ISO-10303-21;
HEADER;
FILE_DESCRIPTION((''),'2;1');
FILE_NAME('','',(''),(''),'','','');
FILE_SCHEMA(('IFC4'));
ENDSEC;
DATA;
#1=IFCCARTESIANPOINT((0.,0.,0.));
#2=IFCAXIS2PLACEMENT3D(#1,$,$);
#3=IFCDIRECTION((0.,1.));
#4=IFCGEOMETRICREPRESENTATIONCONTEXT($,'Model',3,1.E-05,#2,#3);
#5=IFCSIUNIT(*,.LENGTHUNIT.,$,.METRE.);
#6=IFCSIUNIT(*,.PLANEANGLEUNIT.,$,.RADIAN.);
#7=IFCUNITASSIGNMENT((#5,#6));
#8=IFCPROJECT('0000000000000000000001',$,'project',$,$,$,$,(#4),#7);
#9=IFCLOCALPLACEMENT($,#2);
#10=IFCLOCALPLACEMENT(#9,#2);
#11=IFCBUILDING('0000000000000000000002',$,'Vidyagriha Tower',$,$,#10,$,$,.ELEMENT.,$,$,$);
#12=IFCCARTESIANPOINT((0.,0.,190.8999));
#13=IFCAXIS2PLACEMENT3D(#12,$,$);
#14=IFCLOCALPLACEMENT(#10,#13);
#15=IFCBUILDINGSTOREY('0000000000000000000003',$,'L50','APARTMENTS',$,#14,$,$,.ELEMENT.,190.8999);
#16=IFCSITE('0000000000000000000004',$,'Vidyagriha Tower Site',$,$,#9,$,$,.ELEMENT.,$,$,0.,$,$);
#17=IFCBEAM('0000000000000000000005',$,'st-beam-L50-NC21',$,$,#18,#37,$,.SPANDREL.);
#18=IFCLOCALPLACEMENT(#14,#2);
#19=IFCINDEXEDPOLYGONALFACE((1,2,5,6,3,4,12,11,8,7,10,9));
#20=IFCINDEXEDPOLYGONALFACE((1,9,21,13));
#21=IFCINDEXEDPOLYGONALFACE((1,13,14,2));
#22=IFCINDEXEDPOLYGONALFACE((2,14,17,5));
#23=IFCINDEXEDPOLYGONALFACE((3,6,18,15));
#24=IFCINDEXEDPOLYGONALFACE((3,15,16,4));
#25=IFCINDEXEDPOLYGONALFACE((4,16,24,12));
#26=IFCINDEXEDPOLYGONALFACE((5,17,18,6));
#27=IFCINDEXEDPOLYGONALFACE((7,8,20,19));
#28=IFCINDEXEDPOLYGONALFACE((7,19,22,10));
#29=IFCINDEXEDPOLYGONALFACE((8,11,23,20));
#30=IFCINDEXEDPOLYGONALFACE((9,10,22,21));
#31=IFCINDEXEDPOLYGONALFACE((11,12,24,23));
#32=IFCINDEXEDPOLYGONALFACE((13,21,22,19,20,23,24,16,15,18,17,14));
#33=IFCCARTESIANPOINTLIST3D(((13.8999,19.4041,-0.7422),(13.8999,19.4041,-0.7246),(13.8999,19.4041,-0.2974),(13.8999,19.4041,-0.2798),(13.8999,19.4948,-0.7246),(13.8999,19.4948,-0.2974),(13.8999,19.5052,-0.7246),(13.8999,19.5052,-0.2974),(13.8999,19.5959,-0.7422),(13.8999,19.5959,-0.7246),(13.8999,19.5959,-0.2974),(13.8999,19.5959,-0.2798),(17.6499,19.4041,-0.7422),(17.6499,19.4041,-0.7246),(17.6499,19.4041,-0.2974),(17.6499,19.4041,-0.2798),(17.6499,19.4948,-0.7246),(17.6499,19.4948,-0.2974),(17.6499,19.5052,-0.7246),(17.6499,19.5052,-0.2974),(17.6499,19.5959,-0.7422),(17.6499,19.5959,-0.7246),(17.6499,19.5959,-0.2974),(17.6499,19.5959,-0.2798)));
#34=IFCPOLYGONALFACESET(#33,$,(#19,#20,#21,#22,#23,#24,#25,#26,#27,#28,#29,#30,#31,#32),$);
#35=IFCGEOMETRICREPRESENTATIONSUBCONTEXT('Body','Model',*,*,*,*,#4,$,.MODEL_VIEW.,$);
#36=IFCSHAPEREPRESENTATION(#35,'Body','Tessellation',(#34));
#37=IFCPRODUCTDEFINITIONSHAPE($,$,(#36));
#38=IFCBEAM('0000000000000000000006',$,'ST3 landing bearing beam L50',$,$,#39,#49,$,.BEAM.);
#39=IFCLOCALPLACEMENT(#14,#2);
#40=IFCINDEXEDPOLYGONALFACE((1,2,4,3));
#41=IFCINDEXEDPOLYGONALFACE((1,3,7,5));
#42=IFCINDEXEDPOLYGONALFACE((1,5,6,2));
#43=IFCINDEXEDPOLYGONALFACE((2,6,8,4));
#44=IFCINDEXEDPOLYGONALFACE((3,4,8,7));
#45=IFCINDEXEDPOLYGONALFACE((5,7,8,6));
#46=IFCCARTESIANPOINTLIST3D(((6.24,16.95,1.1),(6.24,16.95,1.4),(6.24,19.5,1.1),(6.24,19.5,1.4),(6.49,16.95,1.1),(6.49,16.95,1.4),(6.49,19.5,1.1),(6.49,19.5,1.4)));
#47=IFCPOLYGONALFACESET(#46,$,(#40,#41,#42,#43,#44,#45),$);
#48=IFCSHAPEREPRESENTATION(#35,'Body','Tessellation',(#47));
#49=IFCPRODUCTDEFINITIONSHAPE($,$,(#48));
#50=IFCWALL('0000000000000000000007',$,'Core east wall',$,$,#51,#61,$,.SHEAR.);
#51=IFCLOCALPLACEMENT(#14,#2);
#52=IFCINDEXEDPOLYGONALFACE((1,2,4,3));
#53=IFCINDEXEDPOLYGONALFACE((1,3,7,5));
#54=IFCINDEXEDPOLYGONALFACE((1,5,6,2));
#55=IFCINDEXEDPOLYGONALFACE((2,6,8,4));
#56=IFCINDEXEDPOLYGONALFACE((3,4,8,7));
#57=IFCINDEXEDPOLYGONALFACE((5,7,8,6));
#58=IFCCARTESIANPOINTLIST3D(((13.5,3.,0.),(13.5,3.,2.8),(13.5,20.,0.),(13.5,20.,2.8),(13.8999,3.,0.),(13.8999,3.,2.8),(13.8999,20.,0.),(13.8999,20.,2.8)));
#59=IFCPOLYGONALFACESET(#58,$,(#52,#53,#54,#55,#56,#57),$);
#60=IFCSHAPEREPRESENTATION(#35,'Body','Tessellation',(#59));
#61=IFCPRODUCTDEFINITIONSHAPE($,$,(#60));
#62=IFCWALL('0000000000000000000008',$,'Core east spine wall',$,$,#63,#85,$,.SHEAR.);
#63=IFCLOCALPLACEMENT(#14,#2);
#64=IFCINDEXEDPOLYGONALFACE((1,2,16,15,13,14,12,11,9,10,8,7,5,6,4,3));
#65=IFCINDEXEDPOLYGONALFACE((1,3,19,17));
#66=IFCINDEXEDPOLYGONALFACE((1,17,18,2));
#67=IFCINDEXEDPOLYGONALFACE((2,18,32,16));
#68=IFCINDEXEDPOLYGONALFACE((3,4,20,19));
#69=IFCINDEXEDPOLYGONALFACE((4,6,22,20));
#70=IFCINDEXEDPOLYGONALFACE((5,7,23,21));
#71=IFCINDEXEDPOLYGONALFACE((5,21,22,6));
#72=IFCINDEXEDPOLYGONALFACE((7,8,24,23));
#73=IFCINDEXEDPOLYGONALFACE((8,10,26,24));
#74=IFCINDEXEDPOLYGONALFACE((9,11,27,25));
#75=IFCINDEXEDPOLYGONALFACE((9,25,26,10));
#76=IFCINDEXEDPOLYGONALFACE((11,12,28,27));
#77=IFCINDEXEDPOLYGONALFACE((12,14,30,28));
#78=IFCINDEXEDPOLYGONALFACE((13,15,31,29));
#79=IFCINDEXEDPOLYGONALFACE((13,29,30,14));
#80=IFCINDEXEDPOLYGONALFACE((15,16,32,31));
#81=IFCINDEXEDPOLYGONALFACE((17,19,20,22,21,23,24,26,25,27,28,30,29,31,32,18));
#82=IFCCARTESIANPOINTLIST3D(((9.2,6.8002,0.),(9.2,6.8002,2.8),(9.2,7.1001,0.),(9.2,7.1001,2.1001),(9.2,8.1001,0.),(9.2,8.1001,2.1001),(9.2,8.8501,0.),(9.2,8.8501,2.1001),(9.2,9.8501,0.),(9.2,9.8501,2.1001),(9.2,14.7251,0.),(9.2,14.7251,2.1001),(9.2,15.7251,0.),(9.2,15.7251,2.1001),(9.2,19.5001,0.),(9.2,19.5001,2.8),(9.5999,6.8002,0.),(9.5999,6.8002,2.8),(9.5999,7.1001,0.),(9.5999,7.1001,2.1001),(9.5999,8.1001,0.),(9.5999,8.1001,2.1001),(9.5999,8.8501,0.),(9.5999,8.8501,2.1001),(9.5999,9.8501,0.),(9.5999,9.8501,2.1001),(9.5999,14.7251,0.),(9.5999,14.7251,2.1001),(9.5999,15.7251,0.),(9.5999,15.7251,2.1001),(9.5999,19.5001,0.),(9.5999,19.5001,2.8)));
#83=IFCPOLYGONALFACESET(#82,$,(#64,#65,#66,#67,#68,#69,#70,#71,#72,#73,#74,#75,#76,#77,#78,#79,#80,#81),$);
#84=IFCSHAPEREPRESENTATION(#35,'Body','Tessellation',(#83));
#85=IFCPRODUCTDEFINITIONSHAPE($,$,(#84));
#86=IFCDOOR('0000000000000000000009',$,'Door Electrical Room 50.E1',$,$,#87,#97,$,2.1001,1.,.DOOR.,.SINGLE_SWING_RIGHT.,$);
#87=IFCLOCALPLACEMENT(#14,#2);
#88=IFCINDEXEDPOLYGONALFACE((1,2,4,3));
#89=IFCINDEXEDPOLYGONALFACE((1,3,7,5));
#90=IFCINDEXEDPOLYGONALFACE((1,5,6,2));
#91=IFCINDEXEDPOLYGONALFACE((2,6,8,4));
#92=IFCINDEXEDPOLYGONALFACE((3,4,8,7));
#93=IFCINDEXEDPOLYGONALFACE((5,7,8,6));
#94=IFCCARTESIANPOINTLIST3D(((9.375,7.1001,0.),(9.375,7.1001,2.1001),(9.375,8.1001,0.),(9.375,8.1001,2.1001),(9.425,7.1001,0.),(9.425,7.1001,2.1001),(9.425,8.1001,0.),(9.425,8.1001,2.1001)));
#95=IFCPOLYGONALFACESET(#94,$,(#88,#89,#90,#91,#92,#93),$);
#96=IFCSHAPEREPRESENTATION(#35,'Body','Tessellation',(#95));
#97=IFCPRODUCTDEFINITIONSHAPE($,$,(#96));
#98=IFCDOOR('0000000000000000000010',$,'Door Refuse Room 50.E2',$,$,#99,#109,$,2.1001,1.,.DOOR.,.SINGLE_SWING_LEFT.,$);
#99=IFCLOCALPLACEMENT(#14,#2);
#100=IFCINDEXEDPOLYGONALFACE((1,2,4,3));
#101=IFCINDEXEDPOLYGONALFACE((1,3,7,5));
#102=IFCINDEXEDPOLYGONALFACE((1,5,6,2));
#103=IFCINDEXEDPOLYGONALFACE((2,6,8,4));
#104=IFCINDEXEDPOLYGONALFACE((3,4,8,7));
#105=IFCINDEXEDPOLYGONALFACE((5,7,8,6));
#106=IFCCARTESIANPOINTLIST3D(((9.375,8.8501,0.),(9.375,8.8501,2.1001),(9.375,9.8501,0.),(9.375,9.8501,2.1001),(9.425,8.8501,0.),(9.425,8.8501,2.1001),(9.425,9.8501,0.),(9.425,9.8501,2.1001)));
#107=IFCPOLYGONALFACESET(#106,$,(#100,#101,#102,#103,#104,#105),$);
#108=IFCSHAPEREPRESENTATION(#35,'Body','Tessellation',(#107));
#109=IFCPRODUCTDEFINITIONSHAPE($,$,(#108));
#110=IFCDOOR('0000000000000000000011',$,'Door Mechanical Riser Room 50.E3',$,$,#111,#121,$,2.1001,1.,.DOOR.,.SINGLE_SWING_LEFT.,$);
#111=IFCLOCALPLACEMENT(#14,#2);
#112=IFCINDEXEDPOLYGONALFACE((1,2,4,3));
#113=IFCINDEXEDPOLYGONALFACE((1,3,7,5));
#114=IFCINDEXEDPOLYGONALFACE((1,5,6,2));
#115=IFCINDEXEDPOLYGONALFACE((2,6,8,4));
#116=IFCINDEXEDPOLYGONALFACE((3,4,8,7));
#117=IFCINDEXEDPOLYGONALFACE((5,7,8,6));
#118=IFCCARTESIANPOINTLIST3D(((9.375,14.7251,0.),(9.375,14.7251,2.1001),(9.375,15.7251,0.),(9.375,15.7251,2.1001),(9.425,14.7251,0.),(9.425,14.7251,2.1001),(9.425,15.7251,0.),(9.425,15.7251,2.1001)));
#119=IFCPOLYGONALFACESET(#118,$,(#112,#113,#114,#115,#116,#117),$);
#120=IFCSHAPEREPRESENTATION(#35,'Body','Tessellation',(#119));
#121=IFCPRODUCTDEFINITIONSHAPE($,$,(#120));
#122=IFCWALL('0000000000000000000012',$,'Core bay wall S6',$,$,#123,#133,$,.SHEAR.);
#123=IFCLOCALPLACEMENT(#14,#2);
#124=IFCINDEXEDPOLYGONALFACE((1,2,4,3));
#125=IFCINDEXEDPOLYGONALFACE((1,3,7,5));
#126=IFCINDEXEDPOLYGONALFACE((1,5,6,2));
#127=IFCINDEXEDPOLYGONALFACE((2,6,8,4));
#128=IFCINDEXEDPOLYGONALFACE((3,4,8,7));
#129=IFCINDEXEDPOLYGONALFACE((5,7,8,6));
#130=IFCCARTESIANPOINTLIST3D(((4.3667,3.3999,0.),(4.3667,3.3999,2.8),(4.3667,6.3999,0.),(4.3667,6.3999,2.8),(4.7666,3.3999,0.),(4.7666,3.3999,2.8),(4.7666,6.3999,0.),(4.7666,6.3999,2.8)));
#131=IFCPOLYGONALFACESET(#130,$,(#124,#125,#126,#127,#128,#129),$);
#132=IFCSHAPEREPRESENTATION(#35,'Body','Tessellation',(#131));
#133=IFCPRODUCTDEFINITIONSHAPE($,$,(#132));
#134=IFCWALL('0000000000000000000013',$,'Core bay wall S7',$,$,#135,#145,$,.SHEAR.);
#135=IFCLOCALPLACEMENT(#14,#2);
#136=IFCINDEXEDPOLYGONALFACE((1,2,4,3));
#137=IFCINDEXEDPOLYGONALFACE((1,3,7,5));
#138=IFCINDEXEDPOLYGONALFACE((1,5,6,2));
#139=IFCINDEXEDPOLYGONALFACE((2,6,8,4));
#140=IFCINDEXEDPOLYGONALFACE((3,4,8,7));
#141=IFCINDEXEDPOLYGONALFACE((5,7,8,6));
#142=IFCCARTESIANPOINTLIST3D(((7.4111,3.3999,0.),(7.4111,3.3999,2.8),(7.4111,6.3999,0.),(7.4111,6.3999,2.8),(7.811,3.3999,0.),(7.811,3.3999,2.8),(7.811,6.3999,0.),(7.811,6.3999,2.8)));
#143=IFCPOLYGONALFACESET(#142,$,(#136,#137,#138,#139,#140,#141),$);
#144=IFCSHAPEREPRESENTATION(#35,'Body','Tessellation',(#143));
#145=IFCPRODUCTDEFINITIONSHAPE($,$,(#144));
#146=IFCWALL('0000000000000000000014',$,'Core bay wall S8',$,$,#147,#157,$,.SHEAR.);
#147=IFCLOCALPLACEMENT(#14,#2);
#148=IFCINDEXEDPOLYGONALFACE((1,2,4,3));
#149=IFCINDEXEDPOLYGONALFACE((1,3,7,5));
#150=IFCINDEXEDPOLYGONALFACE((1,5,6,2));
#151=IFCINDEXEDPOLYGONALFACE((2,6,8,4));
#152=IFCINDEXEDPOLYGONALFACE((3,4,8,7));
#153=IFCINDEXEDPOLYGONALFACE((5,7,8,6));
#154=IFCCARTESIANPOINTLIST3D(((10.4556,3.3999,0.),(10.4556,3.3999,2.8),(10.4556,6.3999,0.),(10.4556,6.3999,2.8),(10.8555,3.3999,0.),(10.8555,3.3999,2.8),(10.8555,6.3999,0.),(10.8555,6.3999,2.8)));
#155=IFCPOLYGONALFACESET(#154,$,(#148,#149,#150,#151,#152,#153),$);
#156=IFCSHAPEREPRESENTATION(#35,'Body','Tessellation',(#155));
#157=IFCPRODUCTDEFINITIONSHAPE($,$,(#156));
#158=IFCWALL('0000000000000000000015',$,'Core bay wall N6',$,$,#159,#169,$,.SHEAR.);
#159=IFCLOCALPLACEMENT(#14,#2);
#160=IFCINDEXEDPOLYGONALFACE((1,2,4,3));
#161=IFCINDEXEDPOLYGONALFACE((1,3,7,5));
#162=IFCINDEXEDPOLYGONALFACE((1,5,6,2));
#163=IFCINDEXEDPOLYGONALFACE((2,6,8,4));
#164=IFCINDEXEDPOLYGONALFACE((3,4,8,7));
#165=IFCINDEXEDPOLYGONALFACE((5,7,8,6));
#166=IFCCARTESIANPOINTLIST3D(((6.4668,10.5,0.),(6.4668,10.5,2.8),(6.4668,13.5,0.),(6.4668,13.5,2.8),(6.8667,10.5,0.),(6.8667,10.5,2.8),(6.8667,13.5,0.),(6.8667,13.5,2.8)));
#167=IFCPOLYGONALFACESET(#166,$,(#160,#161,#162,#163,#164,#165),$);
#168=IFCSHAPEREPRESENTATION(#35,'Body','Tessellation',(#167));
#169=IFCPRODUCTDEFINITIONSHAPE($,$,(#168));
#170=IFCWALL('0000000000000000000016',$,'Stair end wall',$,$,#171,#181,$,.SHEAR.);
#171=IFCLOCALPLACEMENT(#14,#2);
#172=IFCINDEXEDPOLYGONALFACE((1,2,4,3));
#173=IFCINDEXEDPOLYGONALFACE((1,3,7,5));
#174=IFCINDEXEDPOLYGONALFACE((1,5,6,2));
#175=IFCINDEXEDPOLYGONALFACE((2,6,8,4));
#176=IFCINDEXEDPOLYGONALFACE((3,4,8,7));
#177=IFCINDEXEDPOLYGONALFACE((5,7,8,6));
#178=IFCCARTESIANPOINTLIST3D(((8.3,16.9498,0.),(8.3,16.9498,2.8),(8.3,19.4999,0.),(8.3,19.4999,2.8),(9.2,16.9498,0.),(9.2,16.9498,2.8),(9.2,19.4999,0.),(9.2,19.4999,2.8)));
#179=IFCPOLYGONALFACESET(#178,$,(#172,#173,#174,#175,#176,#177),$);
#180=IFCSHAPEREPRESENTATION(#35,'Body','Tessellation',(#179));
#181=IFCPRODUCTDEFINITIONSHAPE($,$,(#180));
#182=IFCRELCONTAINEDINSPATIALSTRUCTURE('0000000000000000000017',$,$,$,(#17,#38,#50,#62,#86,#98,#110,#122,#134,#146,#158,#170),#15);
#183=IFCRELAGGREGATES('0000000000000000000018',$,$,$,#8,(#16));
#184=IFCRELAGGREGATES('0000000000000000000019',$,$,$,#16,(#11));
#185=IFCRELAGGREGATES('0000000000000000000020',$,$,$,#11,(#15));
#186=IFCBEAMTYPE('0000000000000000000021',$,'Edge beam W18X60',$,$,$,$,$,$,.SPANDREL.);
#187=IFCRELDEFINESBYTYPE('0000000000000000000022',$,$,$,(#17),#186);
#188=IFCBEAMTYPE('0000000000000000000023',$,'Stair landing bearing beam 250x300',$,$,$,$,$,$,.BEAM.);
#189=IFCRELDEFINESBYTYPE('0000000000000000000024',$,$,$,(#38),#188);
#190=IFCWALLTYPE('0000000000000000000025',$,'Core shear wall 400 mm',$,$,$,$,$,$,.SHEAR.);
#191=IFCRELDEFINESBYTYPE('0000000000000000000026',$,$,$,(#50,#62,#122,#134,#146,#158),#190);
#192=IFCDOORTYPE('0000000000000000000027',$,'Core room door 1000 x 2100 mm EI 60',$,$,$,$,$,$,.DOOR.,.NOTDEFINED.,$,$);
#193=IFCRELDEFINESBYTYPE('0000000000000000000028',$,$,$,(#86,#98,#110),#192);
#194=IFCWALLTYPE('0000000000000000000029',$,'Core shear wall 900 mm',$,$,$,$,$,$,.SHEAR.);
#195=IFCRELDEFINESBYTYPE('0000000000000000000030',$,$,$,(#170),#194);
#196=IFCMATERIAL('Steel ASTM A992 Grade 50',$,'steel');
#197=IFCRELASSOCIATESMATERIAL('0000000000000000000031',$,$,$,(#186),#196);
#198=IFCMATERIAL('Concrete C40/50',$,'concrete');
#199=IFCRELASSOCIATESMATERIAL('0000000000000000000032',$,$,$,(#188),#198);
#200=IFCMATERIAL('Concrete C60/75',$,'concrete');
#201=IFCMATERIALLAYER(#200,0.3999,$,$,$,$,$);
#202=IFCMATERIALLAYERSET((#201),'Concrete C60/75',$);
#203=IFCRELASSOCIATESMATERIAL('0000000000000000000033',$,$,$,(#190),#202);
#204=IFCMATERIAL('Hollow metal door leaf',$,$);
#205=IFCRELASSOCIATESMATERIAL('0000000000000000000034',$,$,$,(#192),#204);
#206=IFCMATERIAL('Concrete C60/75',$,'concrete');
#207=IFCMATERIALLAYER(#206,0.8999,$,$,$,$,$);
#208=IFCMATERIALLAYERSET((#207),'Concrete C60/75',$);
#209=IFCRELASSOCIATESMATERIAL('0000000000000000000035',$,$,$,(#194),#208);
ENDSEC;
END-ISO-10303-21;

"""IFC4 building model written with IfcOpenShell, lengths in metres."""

from ifc_helpers import new_model, si_unit, direction, frame, frame_2d, origin, origin_2d, place, context, subcontext, project, spatial, rectangle, i_section, extrude, material, layer, layer_set, material_profile, profile_set, type_object, element, fill, save


model = new_model("IFC4")

# Units and contexts
model_context = context("Model", 3, precision=1e-05, world=origin(), true_north=direction((0.0, 1.0)))
body_context = subcontext(model_context, "Body", "Model", "MODEL_VIEW")
ifc_project = project(units=[si_unit("LENGTHUNIT", "METRE"), si_unit("PLANEANGLEUNIT", "RADIAN")], contexts=[model_context])

# Site, building, storey
site_placement = place(None, origin())
site = spatial("IfcSite", under=ifc_project, at=site_placement, Name="Vidyagriha Tower Site", CompositionType="ELEMENT", RefElevation=0.0)
building_placement = place(site_placement, origin())
building = spatial("IfcBuilding", under=site, at=building_placement, Name="Vidyagriha Tower", CompositionType="ELEMENT")
storey_placement = place(building_placement, frame((0.0, 0.0, 190.8999)))
storey = spatial("IfcBuildingStorey", under=building, at=storey_placement, Name="L50", Description="APARTMENTS", CompositionType="ELEMENT", Elevation=190.8999)

# Beams
ifc_material_1 = material(Name="Steel ASTM A992 Grade 50", Category="steel")
ifc_material_profile_1 = material_profile(ifc_material_1, i_section(OverallWidth=0.1919, OverallDepth=0.4624, WebThickness=0.0105, FlangeThickness=0.0176, at=origin_2d()), Name="W18X60")
ifc_profile_set_1 = profile_set([ifc_material_profile_1], Name="Steel ASTM A992 Grade 50")
beam_type_1 = type_object("IfcBeamType", Name="Edge beam W18X60", PredefinedType="SPANDREL", material=ifc_profile_set_1)
beam_1_placement = place(storey_placement, frame((13.8999, 19.5, -0.511), z_axis=(1.0, 0.0, 0.0), x_axis=(0.0, 1.0, 0.0)))
element("IfcBeam", 1, at=beam_1_placement, inside=storey, type_object=beam_type_1, Name="st-beam-L50-NC21", PredefinedType="SPANDREL", context=body_context, shape_type="SweptSolid", body=[
    extrude(i_section(OverallWidth=0.1919, OverallDepth=0.4624, WebThickness=0.0105, FlangeThickness=0.0176, at=origin_2d()), origin(), (0.0, 0.0, 1.0), 3.75),
])
ifc_material_2 = material(Name="Concrete C40/50", Category="concrete")
ifc_material_profile_2 = material_profile(ifc_material_2, rectangle(XDim=0.25, YDim=0.3, at=origin_2d()), Name="Stair landing bearing beam 250x300")
ifc_profile_set_2 = profile_set([ifc_material_profile_2], Name="Concrete C40/50")
beam_type_2 = type_object("IfcBeamType", Name="Stair landing bearing beam 250x300", PredefinedType="BEAM", material=ifc_profile_set_2)
beam_2_placement = place(storey_placement, frame((6.365, 16.95, 1.25), z_axis=(0.0, 1.0, 0.0), x_axis=(-1.0, 0.0, 0.0)))
element("IfcBeam", 2, at=beam_2_placement, inside=storey, type_object=beam_type_2, Name="ST3 landing bearing beam L50", PredefinedType="BEAM", context=body_context, shape_type="SweptSolid", body=[
    extrude(rectangle(XDim=0.25, YDim=0.3, at=origin_2d()), origin(), (0.0, 0.0, 1.0), 2.55),
])

# Wall
ifc_material_3 = material(Name="Concrete C60/75", Category="concrete")
ifc_layer_1 = layer(ifc_material_3, 0.3999)
ifc_layer_set_1 = layer_set([ifc_layer_1], Name="Concrete C60/75")
wall_type_1 = type_object("IfcWallType", Name="Core shear wall 400 mm", PredefinedType="SHEAR", material=ifc_layer_set_1)
wall_1_placement = place(storey_placement, frame((13.7, 3.0, 0.0), z_axis=(0.0, 0.0, 1.0), x_axis=(0.0, 1.0, 0.0)))
element("IfcWall", 3, at=wall_1_placement, inside=storey, type_object=wall_type_1, Name="Core east wall", PredefinedType="SHEAR", context=body_context, shape_type="SweptSolid", body=[
    extrude(rectangle(XDim=17.0, YDim=0.3999, at=frame_2d((8.5, 0.0))), origin(), (0.0, 0.0, 1.0), 2.8),
])

# Wall, openings, doors
wall_2_placement = place(storey_placement, frame((9.3999, 6.8, 0.0), z_axis=(0.0, 0.0, 1.0), x_axis=(0.0, 1.0, 0.0)))
wall_2 = element("IfcWall", 4, at=wall_2_placement, inside=storey, type_object=wall_type_1, Name="Core east spine wall", PredefinedType="SHEAR", context=body_context, shape_type="SweptSolid", body=[
    extrude(rectangle(XDim=12.7, YDim=0.3999, at=frame_2d((6.3501, 0.0))), origin(), (0.0, 0.0, 1.0), 2.8),
])
opening_1_placement = place(wall_2_placement, frame((0.3, 0.0, 0.0)))
opening_1 = element("IfcOpeningElement", 5, at=opening_1_placement, cuts=wall_2, PredefinedType="OPENING", context=body_context, shape_type="SweptSolid", body=[
    extrude(rectangle(XDim=1.0, YDim=2.1001, at=frame_2d((0.5, 1.05))), frame((0.0, 0.21, 0.0), z_axis=(0.0, -1.0, 0.0), x_axis=(1.0, 0.0, 0.0)), (0.0, 0.0, 1.0), 0.4199),
])
opening_2_placement = place(wall_2_placement, frame((2.05, 0.0, 0.0)))
opening_2 = element("IfcOpeningElement", 6, at=opening_2_placement, cuts=wall_2, PredefinedType="OPENING", context=body_context, shape_type="SweptSolid", body=[
    extrude(rectangle(XDim=1.0, YDim=2.1001, at=frame_2d((0.5, 1.05))), frame((0.0, 0.21, 0.0), z_axis=(0.0, -1.0, 0.0), x_axis=(1.0, 0.0, 0.0)), (0.0, 0.0, 1.0), 0.4199),
])
opening_3_placement = place(wall_2_placement, frame((7.925, 0.0, 0.0)))
opening_3 = element("IfcOpeningElement", 7, at=opening_3_placement, cuts=wall_2, PredefinedType="OPENING", context=body_context, shape_type="SweptSolid", body=[
    extrude(rectangle(XDim=1.0, YDim=2.1001, at=frame_2d((0.5, 1.05))), frame((0.0, 0.21, 0.0), z_axis=(0.0, -1.0, 0.0), x_axis=(1.0, 0.0, 0.0)), (0.0, 0.0, 1.0), 0.4199),
])
ifc_material_4 = material(Name="Hollow metal door leaf")
door_type_1 = type_object("IfcDoorType", Name="Core room door 1000 x 2100 mm EI 60", OperationType="NOTDEFINED", PredefinedType="DOOR", material=ifc_material_4)
door_1_placement = place(opening_1_placement, origin())
door_1 = element("IfcDoor", 8, at=door_1_placement, inside=storey, type_object=door_type_1, Name="Door Electrical Room 50.E1", OperationType="SINGLE_SWING_RIGHT", OverallHeight=2.1001, OverallWidth=1.0, PredefinedType="DOOR", context=body_context, shape_type="SweptSolid", body=[
    extrude(rectangle(XDim=1.0, YDim=2.1001, at=frame_2d((0.5, 1.05))), frame((0.0, 0.0249, 0.0), z_axis=(0.0, -1.0, 0.0), x_axis=(1.0, 0.0, 0.0)), (0.0, 0.0, 1.0), 0.05),
])
fill(opening_1, door_1)
door_2_placement = place(opening_2_placement, origin())
door_2 = element("IfcDoor", 9, at=door_2_placement, inside=storey, type_object=door_type_1, Name="Door Refuse Room 50.E2", OperationType="SINGLE_SWING_LEFT", OverallHeight=2.1001, OverallWidth=1.0, PredefinedType="DOOR", context=body_context, shape_type="SweptSolid", body=[
    extrude(rectangle(XDim=1.0, YDim=2.1001, at=frame_2d((0.5, 1.05))), frame((0.0, 0.0249, 0.0), z_axis=(0.0, -1.0, 0.0), x_axis=(1.0, 0.0, 0.0)), (0.0, 0.0, 1.0), 0.05),
])
fill(opening_2, door_2)
door_3_placement = place(opening_3_placement, origin())
door_3 = element("IfcDoor", 10, at=door_3_placement, inside=storey, type_object=door_type_1, Name="Door Mechanical Riser Room 50.E3", OperationType="SINGLE_SWING_LEFT", OverallHeight=2.1001, OverallWidth=1.0, PredefinedType="DOOR", context=body_context, shape_type="SweptSolid", body=[
    extrude(rectangle(XDim=1.0, YDim=2.1001, at=frame_2d((0.5, 1.05))), frame((0.0, 0.0249, 0.0), z_axis=(0.0, -1.0, 0.0), x_axis=(1.0, 0.0, 0.0)), (0.0, 0.0, 1.0), 0.05),
])
fill(opening_3, door_3)

# Walls
for number, where, z_axis, x_axis, name in (
    (11, (4.5667, 3.3999, 0.0), (0.0, 0.0, 1.0), (0.0, 1.0, 0.0), "Core bay wall S6"),
    (12, (7.6111, 3.3999, 0.0), (0.0, 0.0, 1.0), (0.0, 1.0, 0.0), "Core bay wall S7"),
    (13, (10.6555, 3.3999, 0.0), (0.0, 0.0, 1.0), (0.0, 1.0, 0.0), "Core bay wall S8"),
    (14, (6.6667, 10.5, 0.0), (0.0, 0.0, 1.0), (0.0, 1.0, 0.0), "Core bay wall N6"),
):
    element("IfcWall", number, at=place(storey_placement, frame(where, z_axis=z_axis, x_axis=x_axis)), inside=storey, type_object=wall_type_1, Name=name, PredefinedType="SHEAR", context=body_context, shape_type="SweptSolid", body=[
        extrude(rectangle(XDim=3.0, YDim=0.3999, at=frame_2d((1.5, 0.0))), origin(), (0.0, 0.0, 1.0), 2.8),
    ])
ifc_material_5 = material(Name="Concrete C60/75", Category="concrete")
ifc_layer_2 = layer(ifc_material_5, 0.8999)
ifc_layer_set_2 = layer_set([ifc_layer_2], Name="Concrete C60/75")
wall_type_2 = type_object("IfcWallType", Name="Core shear wall 900 mm", PredefinedType="SHEAR", material=ifc_layer_set_2)
wall_3_placement = place(storey_placement, frame((8.75, 16.95, 0.0), z_axis=(0.0, 0.0, 1.0), x_axis=(0.0, 1.0, 0.0)))
element("IfcWall", 15, at=wall_3_placement, inside=storey, type_object=wall_type_2, Name="Stair end wall", PredefinedType="SHEAR", context=body_context, shape_type="SweptSolid", body=[
    extrude(rectangle(XDim=2.55, YDim=0.8999, at=frame_2d((1.2749, 0.0))), origin(), (0.0, 0.0, 1.0), 2.8),
])

save(model, "model.ifc")
